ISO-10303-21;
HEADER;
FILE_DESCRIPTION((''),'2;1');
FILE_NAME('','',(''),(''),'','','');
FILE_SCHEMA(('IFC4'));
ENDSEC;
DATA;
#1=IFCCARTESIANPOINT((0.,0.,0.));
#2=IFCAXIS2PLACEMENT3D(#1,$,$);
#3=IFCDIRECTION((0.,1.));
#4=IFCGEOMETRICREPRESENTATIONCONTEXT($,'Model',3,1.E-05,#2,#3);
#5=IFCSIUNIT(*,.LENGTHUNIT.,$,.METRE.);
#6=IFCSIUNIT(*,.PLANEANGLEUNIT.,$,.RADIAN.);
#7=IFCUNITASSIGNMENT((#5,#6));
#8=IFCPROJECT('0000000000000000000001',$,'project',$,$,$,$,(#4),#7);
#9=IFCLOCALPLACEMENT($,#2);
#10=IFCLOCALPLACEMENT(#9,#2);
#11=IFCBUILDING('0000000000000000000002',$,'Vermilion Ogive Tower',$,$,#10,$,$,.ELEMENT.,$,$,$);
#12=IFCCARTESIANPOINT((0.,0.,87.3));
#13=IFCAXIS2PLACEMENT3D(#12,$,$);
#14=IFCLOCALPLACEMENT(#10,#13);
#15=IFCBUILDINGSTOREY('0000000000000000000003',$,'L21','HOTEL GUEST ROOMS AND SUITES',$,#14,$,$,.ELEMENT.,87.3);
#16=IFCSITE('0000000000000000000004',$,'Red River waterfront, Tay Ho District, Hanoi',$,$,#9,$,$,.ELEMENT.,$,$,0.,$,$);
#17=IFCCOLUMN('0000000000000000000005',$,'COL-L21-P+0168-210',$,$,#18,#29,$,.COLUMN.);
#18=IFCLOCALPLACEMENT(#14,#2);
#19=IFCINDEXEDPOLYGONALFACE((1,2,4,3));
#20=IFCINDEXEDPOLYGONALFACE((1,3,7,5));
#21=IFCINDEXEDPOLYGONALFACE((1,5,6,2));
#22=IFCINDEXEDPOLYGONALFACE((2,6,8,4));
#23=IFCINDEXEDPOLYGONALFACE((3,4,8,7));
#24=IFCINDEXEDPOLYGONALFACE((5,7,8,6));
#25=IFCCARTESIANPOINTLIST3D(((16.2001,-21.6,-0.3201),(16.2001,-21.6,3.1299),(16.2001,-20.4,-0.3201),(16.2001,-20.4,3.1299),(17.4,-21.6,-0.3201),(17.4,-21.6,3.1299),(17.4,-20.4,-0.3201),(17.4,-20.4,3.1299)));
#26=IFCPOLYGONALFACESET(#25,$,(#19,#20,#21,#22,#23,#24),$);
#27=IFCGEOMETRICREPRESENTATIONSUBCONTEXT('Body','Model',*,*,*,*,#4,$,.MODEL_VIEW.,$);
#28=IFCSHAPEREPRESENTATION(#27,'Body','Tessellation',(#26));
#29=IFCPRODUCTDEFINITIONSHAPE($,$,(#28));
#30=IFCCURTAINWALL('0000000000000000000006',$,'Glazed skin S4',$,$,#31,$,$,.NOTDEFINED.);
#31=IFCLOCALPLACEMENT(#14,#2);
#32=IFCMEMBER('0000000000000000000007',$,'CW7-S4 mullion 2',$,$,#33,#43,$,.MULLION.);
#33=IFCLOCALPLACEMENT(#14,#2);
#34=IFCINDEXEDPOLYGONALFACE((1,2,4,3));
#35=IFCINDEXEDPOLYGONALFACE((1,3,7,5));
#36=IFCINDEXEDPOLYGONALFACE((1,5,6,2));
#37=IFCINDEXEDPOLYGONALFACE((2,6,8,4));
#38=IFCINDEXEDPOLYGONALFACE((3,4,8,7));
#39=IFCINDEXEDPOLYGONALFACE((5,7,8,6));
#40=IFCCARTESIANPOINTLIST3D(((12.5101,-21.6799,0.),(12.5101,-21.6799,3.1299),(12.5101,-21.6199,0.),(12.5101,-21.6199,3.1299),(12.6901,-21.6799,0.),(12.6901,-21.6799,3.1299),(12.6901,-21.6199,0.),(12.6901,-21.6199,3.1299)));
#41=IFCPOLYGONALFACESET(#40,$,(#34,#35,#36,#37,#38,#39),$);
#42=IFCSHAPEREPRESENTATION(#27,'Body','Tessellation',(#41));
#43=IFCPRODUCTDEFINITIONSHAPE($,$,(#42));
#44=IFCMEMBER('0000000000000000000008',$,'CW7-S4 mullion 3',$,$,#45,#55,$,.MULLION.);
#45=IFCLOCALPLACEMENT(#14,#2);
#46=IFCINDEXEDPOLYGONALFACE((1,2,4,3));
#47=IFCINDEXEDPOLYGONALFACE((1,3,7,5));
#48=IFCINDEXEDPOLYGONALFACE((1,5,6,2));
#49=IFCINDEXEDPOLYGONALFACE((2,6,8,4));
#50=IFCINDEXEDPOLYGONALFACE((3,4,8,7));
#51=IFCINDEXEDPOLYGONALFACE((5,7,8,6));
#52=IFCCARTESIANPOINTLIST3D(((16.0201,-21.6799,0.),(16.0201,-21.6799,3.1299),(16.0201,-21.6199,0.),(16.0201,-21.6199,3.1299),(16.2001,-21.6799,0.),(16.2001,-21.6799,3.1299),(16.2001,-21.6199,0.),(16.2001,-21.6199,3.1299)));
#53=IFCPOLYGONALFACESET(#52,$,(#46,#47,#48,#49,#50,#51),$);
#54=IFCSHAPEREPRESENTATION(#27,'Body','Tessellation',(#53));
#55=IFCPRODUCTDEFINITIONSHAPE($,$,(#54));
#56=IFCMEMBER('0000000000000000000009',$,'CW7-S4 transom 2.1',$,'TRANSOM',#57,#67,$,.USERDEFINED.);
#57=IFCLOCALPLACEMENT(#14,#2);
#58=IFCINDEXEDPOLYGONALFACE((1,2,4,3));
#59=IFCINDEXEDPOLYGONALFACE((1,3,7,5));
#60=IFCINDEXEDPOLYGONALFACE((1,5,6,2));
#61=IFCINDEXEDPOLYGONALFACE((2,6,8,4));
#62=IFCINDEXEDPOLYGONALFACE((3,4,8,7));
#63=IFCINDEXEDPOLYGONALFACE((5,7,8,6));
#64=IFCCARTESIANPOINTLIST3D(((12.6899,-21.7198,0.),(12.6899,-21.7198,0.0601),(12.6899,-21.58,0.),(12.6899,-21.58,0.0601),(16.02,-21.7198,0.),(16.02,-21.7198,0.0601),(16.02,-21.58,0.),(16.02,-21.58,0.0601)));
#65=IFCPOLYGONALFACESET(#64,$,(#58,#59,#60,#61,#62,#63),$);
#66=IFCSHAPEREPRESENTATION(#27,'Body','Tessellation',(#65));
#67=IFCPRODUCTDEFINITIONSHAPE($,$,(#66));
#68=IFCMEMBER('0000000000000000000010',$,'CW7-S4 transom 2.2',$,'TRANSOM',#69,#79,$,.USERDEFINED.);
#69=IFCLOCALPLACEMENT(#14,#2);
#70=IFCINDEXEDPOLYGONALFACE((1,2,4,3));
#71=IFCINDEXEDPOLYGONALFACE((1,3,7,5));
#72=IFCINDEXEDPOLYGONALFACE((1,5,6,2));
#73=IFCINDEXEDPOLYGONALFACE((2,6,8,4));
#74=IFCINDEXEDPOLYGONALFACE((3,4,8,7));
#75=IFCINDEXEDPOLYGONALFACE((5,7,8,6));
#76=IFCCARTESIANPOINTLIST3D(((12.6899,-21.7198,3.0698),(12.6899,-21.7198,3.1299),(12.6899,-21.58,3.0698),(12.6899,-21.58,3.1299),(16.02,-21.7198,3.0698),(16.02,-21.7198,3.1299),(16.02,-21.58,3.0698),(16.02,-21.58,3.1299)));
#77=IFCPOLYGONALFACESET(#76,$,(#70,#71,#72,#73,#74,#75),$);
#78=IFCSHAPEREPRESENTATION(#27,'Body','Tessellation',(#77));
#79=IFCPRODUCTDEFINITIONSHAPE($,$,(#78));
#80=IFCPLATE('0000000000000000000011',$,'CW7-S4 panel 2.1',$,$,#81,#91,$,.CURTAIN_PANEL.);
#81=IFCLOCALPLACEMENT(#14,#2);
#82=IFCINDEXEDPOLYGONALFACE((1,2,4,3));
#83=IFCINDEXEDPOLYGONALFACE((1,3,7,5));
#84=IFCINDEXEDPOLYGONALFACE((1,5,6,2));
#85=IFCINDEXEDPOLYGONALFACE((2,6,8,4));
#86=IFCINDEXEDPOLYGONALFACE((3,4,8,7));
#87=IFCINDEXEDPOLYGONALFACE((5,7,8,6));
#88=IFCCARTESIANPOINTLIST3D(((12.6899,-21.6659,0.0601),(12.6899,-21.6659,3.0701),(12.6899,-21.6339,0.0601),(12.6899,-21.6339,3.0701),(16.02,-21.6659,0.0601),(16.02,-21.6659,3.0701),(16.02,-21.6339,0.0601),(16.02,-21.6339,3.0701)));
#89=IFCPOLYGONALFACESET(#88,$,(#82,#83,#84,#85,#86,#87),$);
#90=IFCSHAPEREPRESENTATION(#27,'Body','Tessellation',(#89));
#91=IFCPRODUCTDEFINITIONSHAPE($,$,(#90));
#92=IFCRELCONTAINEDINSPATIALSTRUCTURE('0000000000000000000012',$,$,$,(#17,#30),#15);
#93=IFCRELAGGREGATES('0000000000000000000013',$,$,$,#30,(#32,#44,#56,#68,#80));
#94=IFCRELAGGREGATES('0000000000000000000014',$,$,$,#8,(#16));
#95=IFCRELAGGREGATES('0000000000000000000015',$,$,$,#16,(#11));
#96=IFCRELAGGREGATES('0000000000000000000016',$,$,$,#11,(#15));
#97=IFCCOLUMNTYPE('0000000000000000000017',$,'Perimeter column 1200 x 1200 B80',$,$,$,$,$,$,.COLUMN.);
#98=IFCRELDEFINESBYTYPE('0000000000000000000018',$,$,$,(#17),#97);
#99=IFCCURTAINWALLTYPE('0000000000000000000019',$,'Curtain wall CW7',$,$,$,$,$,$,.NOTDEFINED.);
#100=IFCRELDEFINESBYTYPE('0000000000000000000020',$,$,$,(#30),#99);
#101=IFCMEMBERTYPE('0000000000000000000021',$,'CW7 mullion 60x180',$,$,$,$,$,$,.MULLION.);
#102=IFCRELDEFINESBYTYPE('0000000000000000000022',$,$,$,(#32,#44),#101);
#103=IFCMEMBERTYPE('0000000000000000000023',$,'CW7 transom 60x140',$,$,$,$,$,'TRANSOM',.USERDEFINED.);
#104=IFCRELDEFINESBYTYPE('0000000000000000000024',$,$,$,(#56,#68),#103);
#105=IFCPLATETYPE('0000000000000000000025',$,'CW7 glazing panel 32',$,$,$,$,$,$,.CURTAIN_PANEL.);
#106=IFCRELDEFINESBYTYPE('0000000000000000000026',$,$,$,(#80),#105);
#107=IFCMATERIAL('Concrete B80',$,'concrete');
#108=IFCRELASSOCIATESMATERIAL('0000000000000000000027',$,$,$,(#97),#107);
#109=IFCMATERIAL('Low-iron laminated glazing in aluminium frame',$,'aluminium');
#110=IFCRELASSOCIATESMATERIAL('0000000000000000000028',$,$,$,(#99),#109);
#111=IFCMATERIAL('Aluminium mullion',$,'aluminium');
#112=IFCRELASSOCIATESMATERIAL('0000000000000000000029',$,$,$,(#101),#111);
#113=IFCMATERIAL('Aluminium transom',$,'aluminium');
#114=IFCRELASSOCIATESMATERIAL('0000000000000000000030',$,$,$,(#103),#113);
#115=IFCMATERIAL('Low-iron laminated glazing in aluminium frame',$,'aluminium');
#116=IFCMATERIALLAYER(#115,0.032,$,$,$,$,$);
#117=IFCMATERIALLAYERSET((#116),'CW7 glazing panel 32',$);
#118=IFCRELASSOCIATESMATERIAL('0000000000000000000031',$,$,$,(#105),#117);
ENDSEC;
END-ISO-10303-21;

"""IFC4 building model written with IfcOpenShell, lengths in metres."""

from ifc_helpers import new_model, si_unit, direction, frame, origin, origin_2d, place, context, subcontext, project, spatial, rectangle, extrude, material, layer, layer_set, material_profile, profile_set, type_object, element, aggregate, save


model = new_model("IFC4")

# Units and contexts
model_context = context("Model", 3, precision=1e-05, world=origin(), true_north=direction((0.0, 1.0)))
body_context = subcontext(model_context, "Body", "Model", "MODEL_VIEW")
ifc_project = project(units=[si_unit("LENGTHUNIT", "METRE"), si_unit("PLANEANGLEUNIT", "RADIAN")], contexts=[model_context])

# Site, building, storey
site_placement = place(None, origin())
site = spatial("IfcSite", under=ifc_project, at=site_placement, Name="Red River waterfront, Tay Ho District, Hanoi", CompositionType="ELEMENT", RefElevation=0.0)
building_placement = place(site_placement, origin())
building = spatial("IfcBuilding", under=site, at=building_placement, Name="Vermilion Ogive Tower", CompositionType="ELEMENT")
storey_placement = place(building_placement, frame((0.0, 0.0, 87.3)))
storey = spatial("IfcBuildingStorey", under=building, at=storey_placement, Name="L21", Description="HOTEL GUEST ROOMS AND SUITES", CompositionType="ELEMENT", Elevation=87.3)

# Column
ifc_material_1 = material(Name="Concrete B80", Category="concrete")
ifc_material_profile_1 = material_profile(ifc_material_1, rectangle(XDim=1.2, YDim=1.2, at=origin_2d()), Name="1200 x 1200")
ifc_profile_set_1 = profile_set([ifc_material_profile_1], Name="Concrete B80")
column_type = type_object("IfcColumnType", Name="Perimeter column 1200 x 1200 B80", PredefinedType="COLUMN", material=ifc_profile_set_1)
column_placement = place(storey_placement, frame((16.8, -21.0, -0.3201), z_axis=(0.0, 0.0, 1.0), x_axis=(1.0, 0.0, 0.0)))
element("IfcColumn", 1, at=column_placement, inside=storey, type_object=column_type, Name="COL-L21-P+0168-210", PredefinedType="COLUMN", context=body_context, shape_type="SweptSolid", body=[
    extrude(rectangle(XDim=1.2, YDim=1.2, at=origin_2d()), origin(), (0.0, 0.0, 1.0), 3.45),
])

# Curtain wall, members, plate
ifc_material_2 = material(Name="Low-iron laminated glazing in aluminium frame", Category="aluminium")
curtain_wall_type = type_object("IfcCurtainWallType", Name="Curtain wall CW7", PredefinedType="NOTDEFINED", material=ifc_material_2)
curtain_wall_placement = place(storey_placement, origin())
curtain_wall = element("IfcCurtainWall", 2, at=curtain_wall_placement, inside=storey, type_object=curtain_wall_type, Name="Glazed skin S4", PredefinedType="NOTDEFINED")
ifc_material_3 = material(Name="Aluminium mullion", Category="aluminium")
ifc_material_profile_2 = material_profile(ifc_material_3, rectangle(XDim=0.0601, YDim=0.1799, at=origin_2d()), Name="AL 60x180")
ifc_profile_set_2 = profile_set([ifc_material_profile_2], Name="Aluminium mullion")
member_type_1 = type_object("IfcMemberType", Name="CW7 mullion 60x180", PredefinedType="MULLION", material=ifc_profile_set_2)
member_1_placement = place(storey_placement, frame((12.6001, -21.6499, 0.0), z_axis=(0.0, 0.0, 1.0), x_axis=(0.0, 1.0, 0.0)))
member_1 = element("IfcMember", 3, at=member_1_placement, type_object=member_type_1, Name="CW7-S4 mullion 2", PredefinedType="MULLION", context=body_context, shape_type="SweptSolid", body=[
    extrude(rectangle(XDim=0.0601, YDim=0.1799, at=origin_2d()), origin(), (0.0, 0.0, 1.0), 3.1299),
])
member_2_placement = place(storey_placement, frame((16.1101, -21.6499, 0.0), z_axis=(0.0, 0.0, 1.0), x_axis=(0.0, 1.0, 0.0)))
member_2 = element("IfcMember", 4, at=member_2_placement, type_object=member_type_1, Name="CW7-S4 mullion 3", PredefinedType="MULLION", context=body_context, shape_type="SweptSolid", body=[
    extrude(rectangle(XDim=0.0601, YDim=0.1799, at=origin_2d()), origin(), (0.0, 0.0, 1.0), 3.1299),
])
ifc_material_4 = material(Name="Aluminium transom", Category="aluminium")
ifc_material_profile_3 = material_profile(ifc_material_4, rectangle(XDim=0.1399, YDim=0.0601, at=origin_2d()), Name="AL 60x140")
ifc_profile_set_3 = profile_set([ifc_material_profile_3], Name="Aluminium transom")
member_type_2 = type_object("IfcMemberType", Name="CW7 transom 60x140", ElementType="TRANSOM", PredefinedType="USERDEFINED", material=ifc_profile_set_3)
member_3_placement = place(storey_placement, frame((12.6899, -21.6499, 0.03), z_axis=(1.0, 0.0, 0.0), x_axis=(0.0, 1.0, 0.0)))
member_3 = element("IfcMember", 5, at=member_3_placement, type_object=member_type_2, Name="CW7-S4 transom 2.1", ObjectType="TRANSOM", PredefinedType="USERDEFINED", context=body_context, shape_type="SweptSolid", body=[
    extrude(rectangle(XDim=0.1399, YDim=0.0601, at=origin_2d()), origin(), (0.0, 0.0, 1.0), 3.3301),
])
member_4_placement = place(storey_placement, frame((12.6899, -21.6499, 3.0999), z_axis=(1.0, 0.0, 0.0), x_axis=(0.0, 1.0, 0.0)))
member_4 = element("IfcMember", 6, at=member_4_placement, type_object=member_type_2, Name="CW7-S4 transom 2.2", ObjectType="TRANSOM", PredefinedType="USERDEFINED", context=body_context, shape_type="SweptSolid", body=[
    extrude(rectangle(XDim=0.1399, YDim=0.0601, at=origin_2d()), origin(), (0.0, 0.0, 1.0), 3.3301),
])
ifc_material_5 = material(Name="Low-iron laminated glazing in aluminium frame", Category="aluminium")
ifc_layer_1 = layer(ifc_material_5, 0.032)
ifc_layer_set_1 = layer_set([ifc_layer_1], Name="CW7 glazing panel 32")
plate_type = type_object("IfcPlateType", Name="CW7 glazing panel 32", PredefinedType="CURTAIN_PANEL", material=ifc_layer_set_1)
plate_placement = place(storey_placement, frame((14.355, -21.6499, 0.0601), z_axis=(0.0, 0.0, 1.0), x_axis=(1.0, 0.0, 0.0)))
plate = element("IfcPlate", 7, at=plate_placement, type_object=plate_type, Name="CW7-S4 panel 2.1", PredefinedType="CURTAIN_PANEL", context=body_context, shape_type="SweptSolid", body=[
    extrude(rectangle(XDim=3.3301, YDim=0.032, at=origin_2d()), origin(), (0.0, 0.0, 1.0), 3.01),
])
aggregate(curtain_wall, [member_1, member_2, member_3, member_4, plate])

save(model, "model.ifc")
